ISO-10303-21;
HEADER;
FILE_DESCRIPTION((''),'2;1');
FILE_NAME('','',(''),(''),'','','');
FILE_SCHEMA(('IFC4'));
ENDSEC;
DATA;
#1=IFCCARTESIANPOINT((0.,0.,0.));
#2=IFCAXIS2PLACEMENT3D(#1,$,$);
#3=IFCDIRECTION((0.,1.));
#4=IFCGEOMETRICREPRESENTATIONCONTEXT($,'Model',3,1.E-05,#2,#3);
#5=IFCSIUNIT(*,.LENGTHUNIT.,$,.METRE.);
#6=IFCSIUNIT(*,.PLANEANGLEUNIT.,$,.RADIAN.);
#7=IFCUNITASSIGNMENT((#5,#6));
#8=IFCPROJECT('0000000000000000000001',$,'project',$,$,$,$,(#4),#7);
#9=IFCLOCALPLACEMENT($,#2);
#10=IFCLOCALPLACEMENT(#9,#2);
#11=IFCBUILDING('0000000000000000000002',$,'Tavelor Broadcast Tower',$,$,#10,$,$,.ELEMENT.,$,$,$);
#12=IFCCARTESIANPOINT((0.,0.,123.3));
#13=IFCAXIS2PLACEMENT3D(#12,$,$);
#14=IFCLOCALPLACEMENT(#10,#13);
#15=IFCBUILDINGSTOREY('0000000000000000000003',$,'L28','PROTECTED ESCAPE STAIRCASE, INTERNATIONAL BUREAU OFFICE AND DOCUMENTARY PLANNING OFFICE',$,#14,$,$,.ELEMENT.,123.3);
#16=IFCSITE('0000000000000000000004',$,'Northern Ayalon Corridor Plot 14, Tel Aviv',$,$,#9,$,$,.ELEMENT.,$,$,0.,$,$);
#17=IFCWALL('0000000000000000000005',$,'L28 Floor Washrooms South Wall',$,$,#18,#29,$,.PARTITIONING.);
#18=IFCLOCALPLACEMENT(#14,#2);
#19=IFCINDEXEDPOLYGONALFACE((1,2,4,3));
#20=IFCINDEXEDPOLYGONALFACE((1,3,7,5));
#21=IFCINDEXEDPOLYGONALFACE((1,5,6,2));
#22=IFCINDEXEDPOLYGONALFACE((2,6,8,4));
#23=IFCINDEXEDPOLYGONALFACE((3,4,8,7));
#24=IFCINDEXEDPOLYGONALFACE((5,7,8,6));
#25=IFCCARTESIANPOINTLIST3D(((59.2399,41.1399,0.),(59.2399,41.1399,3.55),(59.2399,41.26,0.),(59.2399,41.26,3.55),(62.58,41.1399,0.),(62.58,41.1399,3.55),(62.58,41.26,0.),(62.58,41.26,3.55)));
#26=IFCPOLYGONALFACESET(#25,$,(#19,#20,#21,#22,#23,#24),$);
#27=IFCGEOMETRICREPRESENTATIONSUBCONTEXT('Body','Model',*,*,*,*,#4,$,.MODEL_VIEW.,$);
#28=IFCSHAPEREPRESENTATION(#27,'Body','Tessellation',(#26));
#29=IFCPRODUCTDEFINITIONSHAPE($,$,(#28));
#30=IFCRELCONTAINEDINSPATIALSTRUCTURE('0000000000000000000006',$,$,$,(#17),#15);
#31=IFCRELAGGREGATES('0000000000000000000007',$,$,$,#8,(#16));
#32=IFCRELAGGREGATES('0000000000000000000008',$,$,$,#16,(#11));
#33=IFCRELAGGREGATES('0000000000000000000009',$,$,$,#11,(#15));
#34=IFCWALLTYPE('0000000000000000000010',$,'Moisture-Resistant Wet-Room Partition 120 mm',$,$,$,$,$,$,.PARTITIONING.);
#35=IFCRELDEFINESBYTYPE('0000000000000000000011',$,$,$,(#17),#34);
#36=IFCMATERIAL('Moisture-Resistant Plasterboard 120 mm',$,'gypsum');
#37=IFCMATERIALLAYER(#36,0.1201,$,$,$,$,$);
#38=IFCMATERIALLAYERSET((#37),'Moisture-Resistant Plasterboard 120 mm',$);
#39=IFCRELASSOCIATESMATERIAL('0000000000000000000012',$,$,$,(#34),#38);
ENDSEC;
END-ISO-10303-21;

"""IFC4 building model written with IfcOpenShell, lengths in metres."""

from ifc_helpers import new_model, si_unit, direction, frame, frame_2d, origin, place, context, subcontext, project, spatial, rectangle, extrude, material, layer, layer_set, type_object, element, save


model = new_model("IFC4")

# Units and contexts
model_context = context("Model", 3, precision=1e-05, world=origin(), true_north=direction((0.0, 1.0)))
body_context = subcontext(model_context, "Body", "Model", "MODEL_VIEW")
ifc_project = project(units=[si_unit("LENGTHUNIT", "METRE"), si_unit("PLANEANGLEUNIT", "RADIAN")], contexts=[model_context])

# Site, building, storey
site_placement = place(None, origin())
site = spatial("IfcSite", under=ifc_project, at=site_placement, Name="Northern Ayalon Corridor Plot 14, Tel Aviv", CompositionType="ELEMENT", RefElevation=0.0)
building_placement = place(site_placement, origin())
building = spatial("IfcBuilding", under=site, at=building_placement, Name="Tavelor Broadcast Tower", CompositionType="ELEMENT")
storey_placement = place(building_placement, frame((0.0, 0.0, 123.3)))
storey = spatial("IfcBuildingStorey", under=building, at=storey_placement, Name="L28", Description="PROTECTED ESCAPE STAIRCASE, INTERNATIONAL BUREAU OFFICE AND DOCUMENTARY PLANNING OFFICE", CompositionType="ELEMENT", Elevation=123.3)

# Shared definitions
ifc_material_1 = material(Name="Moisture-Resistant Plasterboard 120 mm", Category="gypsum")
ifc_layer_1 = layer(ifc_material_1, 0.1201)
ifc_layer_set_1 = layer_set([ifc_layer_1], Name="Moisture-Resistant Plasterboard 120 mm")
wall_type_1 = type_object("IfcWallType", Name="Moisture-Resistant Wet-Room Partition 120 mm", PredefinedType="PARTITIONING", material=ifc_layer_set_1)

# Wall
wall_1_placement = place(storey_placement, frame((59.24, 41.2, 0.0), z_axis=(0.0, 0.0, 1.0), x_axis=(1.0, 0.0, 0.0)))
element("IfcWall", 1, at=wall_1_placement, inside=storey, type_object=wall_type_1, Name="L28 Floor Washrooms South Wall", PredefinedType="PARTITIONING", context=body_context, shape_type="SweptSolid", body=[
    extrude(rectangle(XDim=3.3401, YDim=0.1201, at=frame_2d((1.6699, 0.0))), origin(), (0.0, 0.0, 1.0), 3.55),
])

save(model, "model.ifc")
